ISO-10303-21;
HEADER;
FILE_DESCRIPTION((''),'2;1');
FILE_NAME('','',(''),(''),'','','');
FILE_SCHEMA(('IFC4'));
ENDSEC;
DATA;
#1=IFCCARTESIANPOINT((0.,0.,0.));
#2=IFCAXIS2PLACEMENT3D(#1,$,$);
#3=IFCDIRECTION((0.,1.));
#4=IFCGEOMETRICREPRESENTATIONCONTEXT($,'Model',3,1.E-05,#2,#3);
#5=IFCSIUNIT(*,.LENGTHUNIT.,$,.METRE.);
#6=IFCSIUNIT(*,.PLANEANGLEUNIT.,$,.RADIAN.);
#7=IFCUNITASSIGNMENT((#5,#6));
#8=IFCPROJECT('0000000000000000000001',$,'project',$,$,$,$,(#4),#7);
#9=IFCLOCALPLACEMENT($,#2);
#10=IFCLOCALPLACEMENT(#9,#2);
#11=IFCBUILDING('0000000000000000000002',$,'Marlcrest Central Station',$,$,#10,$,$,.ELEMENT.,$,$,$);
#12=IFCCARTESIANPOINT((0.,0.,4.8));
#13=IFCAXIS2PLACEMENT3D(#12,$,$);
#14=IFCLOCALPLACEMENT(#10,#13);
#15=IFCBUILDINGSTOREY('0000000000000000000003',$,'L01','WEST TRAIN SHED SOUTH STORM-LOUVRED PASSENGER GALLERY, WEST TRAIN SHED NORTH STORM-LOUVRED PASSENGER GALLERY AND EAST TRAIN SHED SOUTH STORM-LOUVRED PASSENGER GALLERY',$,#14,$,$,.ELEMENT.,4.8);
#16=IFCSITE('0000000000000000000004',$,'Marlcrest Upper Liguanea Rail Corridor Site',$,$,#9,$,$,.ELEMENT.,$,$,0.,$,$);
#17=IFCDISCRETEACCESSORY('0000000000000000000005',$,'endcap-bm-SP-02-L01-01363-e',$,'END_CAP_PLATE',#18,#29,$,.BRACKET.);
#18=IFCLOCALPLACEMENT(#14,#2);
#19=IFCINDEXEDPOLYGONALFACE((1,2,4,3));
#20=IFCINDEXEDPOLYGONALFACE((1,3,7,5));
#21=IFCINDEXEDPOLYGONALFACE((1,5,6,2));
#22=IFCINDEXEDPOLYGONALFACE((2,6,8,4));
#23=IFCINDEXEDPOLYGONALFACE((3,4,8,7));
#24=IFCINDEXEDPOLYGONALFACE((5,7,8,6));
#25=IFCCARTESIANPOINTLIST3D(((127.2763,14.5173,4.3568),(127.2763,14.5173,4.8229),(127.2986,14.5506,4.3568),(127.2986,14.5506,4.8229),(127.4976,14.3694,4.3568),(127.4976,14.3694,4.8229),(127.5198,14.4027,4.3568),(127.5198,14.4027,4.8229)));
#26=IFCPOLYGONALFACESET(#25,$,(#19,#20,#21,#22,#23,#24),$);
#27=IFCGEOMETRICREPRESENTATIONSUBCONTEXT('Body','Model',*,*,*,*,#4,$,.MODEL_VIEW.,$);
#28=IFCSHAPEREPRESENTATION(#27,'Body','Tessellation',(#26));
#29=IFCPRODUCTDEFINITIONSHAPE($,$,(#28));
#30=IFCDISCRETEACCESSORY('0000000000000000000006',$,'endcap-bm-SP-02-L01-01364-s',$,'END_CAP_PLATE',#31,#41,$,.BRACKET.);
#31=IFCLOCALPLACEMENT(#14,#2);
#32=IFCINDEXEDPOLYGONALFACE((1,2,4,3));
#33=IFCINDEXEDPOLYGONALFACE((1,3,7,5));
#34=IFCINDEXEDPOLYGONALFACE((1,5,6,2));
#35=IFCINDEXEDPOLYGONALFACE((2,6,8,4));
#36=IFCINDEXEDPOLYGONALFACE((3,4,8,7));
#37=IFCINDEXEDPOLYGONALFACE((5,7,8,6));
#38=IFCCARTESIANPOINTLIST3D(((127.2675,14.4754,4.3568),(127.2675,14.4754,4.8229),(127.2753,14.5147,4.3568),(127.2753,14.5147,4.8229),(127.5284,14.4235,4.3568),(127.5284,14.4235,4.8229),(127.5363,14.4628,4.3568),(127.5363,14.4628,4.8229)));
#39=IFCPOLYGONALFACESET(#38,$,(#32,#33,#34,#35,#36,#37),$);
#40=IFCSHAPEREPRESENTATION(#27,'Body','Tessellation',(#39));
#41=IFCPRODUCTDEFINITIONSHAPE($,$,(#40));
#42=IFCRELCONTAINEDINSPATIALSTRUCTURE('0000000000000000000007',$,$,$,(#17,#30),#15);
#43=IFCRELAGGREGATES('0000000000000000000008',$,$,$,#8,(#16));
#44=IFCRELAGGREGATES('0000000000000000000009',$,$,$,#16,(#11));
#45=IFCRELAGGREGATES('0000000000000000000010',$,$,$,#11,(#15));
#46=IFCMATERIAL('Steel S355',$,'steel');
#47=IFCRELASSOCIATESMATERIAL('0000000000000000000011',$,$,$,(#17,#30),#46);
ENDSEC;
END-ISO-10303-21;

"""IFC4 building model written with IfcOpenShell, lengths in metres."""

from ifc_helpers import new_model, si_unit, direction, frame, origin, origin_2d, place, context, subcontext, project, spatial, rectangle, extrude, material, element, save


model = new_model("IFC4")

# Units and contexts
model_context = context("Model", 3, precision=1e-05, world=origin(), true_north=direction((0.0, 1.0)))
body_context = subcontext(model_context, "Body", "Model", "MODEL_VIEW")
ifc_project = project(units=[si_unit("LENGTHUNIT", "METRE"), si_unit("PLANEANGLEUNIT", "RADIAN")], contexts=[model_context])

# Site, building, storey
site_placement = place(None, origin())
site = spatial("IfcSite", under=ifc_project, at=site_placement, Name="Marlcrest Upper Liguanea Rail Corridor Site", CompositionType="ELEMENT", RefElevation=0.0)
building_placement = place(site_placement, origin())
building = spatial("IfcBuilding", under=site, at=building_placement, Name="Marlcrest Central Station", CompositionType="ELEMENT")
storey_placement = place(building_placement, frame((0.0, 0.0, 4.8)))
storey = spatial("IfcBuildingStorey", under=building, at=storey_placement, Name="L01", Description="WEST TRAIN SHED SOUTH STORM-LOUVRED PASSENGER GALLERY, WEST TRAIN SHED NORTH STORM-LOUVRED PASSENGER GALLERY AND EAST TRAIN SHED SOUTH STORM-LOUVRED PASSENGER GALLERY", CompositionType="ELEMENT", Elevation=4.8)

# Shared definitions
ifc_material_1 = material(Name="Steel S355", Category="steel")

# Discrete accessories
for number, where, z_axis, x_axis, name in (
    (1, (127.387, 14.4434, 4.5898), (0.555511, 0.831509, 0.0), (-0.831509, 0.555511, 0.0), "endcap-bm-SP-02-L01-01363-e"),
    (2, (127.3979, 14.4495, 4.5898), (0.195171, 0.980769, 0.0), (-0.980769, 0.195171, 0.0), "endcap-bm-SP-02-L01-01364-s"),
):
    element("IfcDiscreteAccessory", number, at=place(storey_placement, frame(where, z_axis=z_axis, x_axis=x_axis)), inside=storey, material=ifc_material_1, Name=name, ObjectType="END_CAP_PLATE", PredefinedType="BRACKET", context=body_context, shape_type="SweptSolid", body=[
        extrude(rectangle(XDim=0.2661, YDim=0.4661, at=origin_2d()), origin(), (0.0, 0.0, 1.0), 0.04),
    ])

save(model, "model.ifc")
